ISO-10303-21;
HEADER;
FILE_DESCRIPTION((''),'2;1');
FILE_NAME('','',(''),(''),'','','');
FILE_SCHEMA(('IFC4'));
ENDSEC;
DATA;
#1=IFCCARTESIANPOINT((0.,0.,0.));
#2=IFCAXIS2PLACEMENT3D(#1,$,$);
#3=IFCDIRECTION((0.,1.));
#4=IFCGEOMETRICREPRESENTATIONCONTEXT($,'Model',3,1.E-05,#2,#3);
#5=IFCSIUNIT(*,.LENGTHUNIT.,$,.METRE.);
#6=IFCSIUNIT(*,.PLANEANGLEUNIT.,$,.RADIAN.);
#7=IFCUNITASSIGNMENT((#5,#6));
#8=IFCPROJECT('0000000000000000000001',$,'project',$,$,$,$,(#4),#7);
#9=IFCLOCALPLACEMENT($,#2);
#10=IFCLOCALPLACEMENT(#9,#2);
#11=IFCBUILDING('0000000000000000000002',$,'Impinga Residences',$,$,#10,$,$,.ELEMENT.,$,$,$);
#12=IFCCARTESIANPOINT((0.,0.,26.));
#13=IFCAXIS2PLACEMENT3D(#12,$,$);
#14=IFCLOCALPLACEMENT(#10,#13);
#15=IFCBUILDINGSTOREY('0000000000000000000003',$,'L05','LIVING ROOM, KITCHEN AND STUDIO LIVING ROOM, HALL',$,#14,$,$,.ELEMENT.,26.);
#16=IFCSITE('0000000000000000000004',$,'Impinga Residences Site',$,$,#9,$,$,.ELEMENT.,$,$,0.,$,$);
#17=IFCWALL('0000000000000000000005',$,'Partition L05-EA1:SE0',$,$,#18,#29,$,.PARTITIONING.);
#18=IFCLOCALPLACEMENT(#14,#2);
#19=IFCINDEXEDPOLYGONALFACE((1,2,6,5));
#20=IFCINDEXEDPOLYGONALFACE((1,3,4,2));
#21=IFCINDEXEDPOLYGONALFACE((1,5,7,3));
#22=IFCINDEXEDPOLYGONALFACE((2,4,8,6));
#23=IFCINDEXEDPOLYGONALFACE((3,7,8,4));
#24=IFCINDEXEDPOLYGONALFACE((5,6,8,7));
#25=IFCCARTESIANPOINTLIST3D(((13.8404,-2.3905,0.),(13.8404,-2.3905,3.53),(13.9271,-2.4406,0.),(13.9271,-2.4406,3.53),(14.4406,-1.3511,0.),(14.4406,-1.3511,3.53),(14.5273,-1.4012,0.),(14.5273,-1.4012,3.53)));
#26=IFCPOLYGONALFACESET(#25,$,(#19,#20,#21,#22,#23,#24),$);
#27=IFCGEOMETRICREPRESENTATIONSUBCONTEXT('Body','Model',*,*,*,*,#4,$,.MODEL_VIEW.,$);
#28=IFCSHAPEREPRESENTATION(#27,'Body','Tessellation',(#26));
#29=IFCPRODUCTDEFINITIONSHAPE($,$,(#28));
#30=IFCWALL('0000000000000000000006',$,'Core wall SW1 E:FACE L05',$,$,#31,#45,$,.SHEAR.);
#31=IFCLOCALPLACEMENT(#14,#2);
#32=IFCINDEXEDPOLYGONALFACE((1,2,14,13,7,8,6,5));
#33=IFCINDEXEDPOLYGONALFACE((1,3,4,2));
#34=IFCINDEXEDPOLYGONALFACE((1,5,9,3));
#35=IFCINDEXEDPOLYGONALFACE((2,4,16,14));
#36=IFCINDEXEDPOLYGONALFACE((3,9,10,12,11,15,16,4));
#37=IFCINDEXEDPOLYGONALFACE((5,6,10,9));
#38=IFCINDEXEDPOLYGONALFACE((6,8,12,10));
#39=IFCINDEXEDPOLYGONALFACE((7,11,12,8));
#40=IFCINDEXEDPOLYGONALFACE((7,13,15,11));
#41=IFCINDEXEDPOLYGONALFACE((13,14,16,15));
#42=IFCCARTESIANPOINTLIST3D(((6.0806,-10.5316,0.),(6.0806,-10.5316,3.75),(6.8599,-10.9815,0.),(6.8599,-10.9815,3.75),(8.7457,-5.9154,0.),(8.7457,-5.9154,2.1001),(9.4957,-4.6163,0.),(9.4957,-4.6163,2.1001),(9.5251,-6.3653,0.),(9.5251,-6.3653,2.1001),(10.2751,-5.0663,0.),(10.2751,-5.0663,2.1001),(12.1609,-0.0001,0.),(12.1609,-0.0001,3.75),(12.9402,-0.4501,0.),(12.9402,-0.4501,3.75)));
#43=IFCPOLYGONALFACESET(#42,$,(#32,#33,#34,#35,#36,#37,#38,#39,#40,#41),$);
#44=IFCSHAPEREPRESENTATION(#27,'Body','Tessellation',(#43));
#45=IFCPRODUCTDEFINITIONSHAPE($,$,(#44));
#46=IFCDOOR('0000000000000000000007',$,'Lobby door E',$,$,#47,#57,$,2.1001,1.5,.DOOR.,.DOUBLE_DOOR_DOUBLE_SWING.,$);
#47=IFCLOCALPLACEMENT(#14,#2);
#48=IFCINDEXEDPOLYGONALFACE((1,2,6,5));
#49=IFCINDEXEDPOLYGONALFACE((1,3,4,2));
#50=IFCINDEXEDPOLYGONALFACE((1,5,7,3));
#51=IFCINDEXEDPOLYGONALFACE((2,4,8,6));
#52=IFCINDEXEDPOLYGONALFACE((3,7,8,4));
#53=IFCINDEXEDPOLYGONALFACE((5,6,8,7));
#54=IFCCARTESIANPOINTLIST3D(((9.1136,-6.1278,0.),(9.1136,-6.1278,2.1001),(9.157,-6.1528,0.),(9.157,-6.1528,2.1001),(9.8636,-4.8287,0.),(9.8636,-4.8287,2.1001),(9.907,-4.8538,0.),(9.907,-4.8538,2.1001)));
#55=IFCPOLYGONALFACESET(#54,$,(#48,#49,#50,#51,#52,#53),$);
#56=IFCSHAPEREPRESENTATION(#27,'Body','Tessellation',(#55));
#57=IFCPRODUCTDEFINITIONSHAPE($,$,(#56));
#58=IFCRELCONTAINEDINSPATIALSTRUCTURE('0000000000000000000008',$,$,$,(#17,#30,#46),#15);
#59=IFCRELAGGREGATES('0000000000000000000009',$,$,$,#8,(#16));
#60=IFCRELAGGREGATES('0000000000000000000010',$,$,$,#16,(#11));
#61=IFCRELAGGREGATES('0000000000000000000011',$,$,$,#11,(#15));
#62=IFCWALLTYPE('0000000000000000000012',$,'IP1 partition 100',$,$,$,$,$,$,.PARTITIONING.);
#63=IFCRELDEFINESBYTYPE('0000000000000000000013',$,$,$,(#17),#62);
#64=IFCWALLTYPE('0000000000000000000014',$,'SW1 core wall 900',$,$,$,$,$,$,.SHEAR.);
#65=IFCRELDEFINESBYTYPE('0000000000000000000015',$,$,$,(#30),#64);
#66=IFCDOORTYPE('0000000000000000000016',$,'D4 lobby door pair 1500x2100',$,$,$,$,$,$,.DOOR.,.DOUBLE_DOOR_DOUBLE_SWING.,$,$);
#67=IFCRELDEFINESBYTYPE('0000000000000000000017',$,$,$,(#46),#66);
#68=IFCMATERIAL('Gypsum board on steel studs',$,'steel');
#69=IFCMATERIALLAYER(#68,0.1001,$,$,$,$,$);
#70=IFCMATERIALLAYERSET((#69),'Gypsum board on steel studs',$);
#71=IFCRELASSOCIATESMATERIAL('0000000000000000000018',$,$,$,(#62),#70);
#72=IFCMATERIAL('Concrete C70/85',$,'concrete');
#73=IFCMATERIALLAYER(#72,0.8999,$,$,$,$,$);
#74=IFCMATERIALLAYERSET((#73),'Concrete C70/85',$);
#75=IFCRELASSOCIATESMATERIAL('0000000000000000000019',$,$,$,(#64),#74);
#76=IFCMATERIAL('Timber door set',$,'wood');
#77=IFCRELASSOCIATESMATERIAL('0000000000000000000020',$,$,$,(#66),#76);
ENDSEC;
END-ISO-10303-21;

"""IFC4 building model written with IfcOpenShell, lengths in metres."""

from ifc_helpers import new_model, si_unit, direction, frame, frame_2d, origin, place, context, subcontext, project, spatial, rectangle, extrude, material, layer, layer_set, type_object, element, fill, save


model = new_model("IFC4")

# Units and contexts
model_context = context("Model", 3, precision=1e-05, world=origin(), true_north=direction((0.0, 1.0)))
body_context = subcontext(model_context, "Body", "Model", "MODEL_VIEW")
ifc_project = project(units=[si_unit("LENGTHUNIT", "METRE"), si_unit("PLANEANGLEUNIT", "RADIAN")], contexts=[model_context])

# Site, building, storey
site_placement = place(None, origin())
site = spatial("IfcSite", under=ifc_project, at=site_placement, Name="Impinga Residences Site", CompositionType="ELEMENT", RefElevation=0.0)
building_placement = place(site_placement, origin())
building = spatial("IfcBuilding", under=site, at=building_placement, Name="Impinga Residences", CompositionType="ELEMENT")
storey_placement = place(building_placement, frame((0.0, 0.0, 26.0)))
storey = spatial("IfcBuildingStorey", under=building, at=storey_placement, Name="L05", Description="LIVING ROOM, KITCHEN AND STUDIO LIVING ROOM, HALL", CompositionType="ELEMENT", Elevation=26.0)

# Shared definitions
ifc_material_1 = material(Name="Concrete C70/85", Category="concrete")

# Shared definitions
ifc_material_2 = material(Name="Timber door set", Category="wood")

# Wall
ifc_material_3 = material(Name="Gypsum board on steel studs", Category="steel")
ifc_layer_1 = layer(ifc_material_3, 0.1001)
ifc_layer_set_1 = layer_set([ifc_layer_1], Name="Gypsum board on steel studs")
wall_type_1 = type_object("IfcWallType", Name="IP1 partition 100", PredefinedType="PARTITIONING", material=ifc_layer_set_1)
wall_1_placement = place(storey_placement, frame((13.8838, -2.4155, 0.0), z_axis=(0.0, 0.0, 1.0), x_axis=(0.500034, 0.866006, 0.0)))
element("IfcWall", 1, at=wall_1_placement, inside=storey, type_object=wall_type_1, Name="Partition L05-EA1:SE0", PredefinedType="PARTITIONING", context=body_context, shape_type="SweptSolid", body=[
    extrude(rectangle(XDim=1.2002, YDim=0.1001, at=frame_2d((0.6001, 0.0))), origin(), (0.0, 0.0, 1.0), 3.53),
])

# Wall, opening, door
ifc_layer_2 = layer(ifc_material_1, 0.8999)
ifc_layer_set_2 = layer_set([ifc_layer_2], Name="Concrete C70/85")
wall_type_2 = type_object("IfcWallType", Name="SW1 core wall 900", PredefinedType="SHEAR", material=ifc_layer_set_2)
wall_2_placement = place(storey_placement, frame((12.5505, -0.2251, 0.0), z_axis=(0.0, 0.0, 1.0), x_axis=(-0.499998, -0.866027, 0.0)))
wall_2 = element("IfcWall", 2, at=wall_2_placement, inside=storey, type_object=wall_type_2, Name="Core wall SW1 E:FACE L05", PredefinedType="SHEAR", context=body_context, shape_type="SweptSolid", body=[
    extrude(rectangle(XDim=12.1606, YDim=0.8999, at=frame_2d((6.0803, 0.0))), origin(), (0.0, 0.0, 1.0), 3.75),
])
opening_1_placement = place(wall_2_placement, frame((5.3303, 0.0, 0.0)))
opening_1 = element("IfcOpeningElement", 3, at=opening_1_placement, cuts=wall_2, PredefinedType="OPENING", context=body_context, shape_type="SweptSolid", body=[
    extrude(rectangle(XDim=1.5, YDim=2.1001, at=frame_2d((0.75, 1.05))), frame((0.0, 0.46, 0.0), z_axis=(0.0, -1.0, 0.0), x_axis=(1.0, 0.0, 0.0)), (0.0, 0.0, 1.0), 0.9199),
])
door_type_1 = type_object("IfcDoorType", Name="D4 lobby door pair 1500x2100", OperationType="DOUBLE_DOOR_DOUBLE_SWING", PredefinedType="DOOR", material=ifc_material_2)
door_1_placement = place(opening_1_placement, origin())
door_1 = element("IfcDoor", 4, at=door_1_placement, inside=storey, type_object=door_type_1, Name="Lobby door E", OperationType="DOUBLE_DOOR_DOUBLE_SWING", OverallHeight=2.1001, OverallWidth=1.5, PredefinedType="DOOR", context=body_context, shape_type="SweptSolid", body=[
    extrude(rectangle(XDim=1.5, YDim=2.1001, at=frame_2d((0.75, 1.05))), frame((0.0, 0.0249, 0.0), z_axis=(0.0, -1.0, 0.0), x_axis=(1.0, 0.0, 0.0)), (0.0, 0.0, 1.0), 0.05),
])
fill(opening_1, door_1)

save(model, "model.ifc")
